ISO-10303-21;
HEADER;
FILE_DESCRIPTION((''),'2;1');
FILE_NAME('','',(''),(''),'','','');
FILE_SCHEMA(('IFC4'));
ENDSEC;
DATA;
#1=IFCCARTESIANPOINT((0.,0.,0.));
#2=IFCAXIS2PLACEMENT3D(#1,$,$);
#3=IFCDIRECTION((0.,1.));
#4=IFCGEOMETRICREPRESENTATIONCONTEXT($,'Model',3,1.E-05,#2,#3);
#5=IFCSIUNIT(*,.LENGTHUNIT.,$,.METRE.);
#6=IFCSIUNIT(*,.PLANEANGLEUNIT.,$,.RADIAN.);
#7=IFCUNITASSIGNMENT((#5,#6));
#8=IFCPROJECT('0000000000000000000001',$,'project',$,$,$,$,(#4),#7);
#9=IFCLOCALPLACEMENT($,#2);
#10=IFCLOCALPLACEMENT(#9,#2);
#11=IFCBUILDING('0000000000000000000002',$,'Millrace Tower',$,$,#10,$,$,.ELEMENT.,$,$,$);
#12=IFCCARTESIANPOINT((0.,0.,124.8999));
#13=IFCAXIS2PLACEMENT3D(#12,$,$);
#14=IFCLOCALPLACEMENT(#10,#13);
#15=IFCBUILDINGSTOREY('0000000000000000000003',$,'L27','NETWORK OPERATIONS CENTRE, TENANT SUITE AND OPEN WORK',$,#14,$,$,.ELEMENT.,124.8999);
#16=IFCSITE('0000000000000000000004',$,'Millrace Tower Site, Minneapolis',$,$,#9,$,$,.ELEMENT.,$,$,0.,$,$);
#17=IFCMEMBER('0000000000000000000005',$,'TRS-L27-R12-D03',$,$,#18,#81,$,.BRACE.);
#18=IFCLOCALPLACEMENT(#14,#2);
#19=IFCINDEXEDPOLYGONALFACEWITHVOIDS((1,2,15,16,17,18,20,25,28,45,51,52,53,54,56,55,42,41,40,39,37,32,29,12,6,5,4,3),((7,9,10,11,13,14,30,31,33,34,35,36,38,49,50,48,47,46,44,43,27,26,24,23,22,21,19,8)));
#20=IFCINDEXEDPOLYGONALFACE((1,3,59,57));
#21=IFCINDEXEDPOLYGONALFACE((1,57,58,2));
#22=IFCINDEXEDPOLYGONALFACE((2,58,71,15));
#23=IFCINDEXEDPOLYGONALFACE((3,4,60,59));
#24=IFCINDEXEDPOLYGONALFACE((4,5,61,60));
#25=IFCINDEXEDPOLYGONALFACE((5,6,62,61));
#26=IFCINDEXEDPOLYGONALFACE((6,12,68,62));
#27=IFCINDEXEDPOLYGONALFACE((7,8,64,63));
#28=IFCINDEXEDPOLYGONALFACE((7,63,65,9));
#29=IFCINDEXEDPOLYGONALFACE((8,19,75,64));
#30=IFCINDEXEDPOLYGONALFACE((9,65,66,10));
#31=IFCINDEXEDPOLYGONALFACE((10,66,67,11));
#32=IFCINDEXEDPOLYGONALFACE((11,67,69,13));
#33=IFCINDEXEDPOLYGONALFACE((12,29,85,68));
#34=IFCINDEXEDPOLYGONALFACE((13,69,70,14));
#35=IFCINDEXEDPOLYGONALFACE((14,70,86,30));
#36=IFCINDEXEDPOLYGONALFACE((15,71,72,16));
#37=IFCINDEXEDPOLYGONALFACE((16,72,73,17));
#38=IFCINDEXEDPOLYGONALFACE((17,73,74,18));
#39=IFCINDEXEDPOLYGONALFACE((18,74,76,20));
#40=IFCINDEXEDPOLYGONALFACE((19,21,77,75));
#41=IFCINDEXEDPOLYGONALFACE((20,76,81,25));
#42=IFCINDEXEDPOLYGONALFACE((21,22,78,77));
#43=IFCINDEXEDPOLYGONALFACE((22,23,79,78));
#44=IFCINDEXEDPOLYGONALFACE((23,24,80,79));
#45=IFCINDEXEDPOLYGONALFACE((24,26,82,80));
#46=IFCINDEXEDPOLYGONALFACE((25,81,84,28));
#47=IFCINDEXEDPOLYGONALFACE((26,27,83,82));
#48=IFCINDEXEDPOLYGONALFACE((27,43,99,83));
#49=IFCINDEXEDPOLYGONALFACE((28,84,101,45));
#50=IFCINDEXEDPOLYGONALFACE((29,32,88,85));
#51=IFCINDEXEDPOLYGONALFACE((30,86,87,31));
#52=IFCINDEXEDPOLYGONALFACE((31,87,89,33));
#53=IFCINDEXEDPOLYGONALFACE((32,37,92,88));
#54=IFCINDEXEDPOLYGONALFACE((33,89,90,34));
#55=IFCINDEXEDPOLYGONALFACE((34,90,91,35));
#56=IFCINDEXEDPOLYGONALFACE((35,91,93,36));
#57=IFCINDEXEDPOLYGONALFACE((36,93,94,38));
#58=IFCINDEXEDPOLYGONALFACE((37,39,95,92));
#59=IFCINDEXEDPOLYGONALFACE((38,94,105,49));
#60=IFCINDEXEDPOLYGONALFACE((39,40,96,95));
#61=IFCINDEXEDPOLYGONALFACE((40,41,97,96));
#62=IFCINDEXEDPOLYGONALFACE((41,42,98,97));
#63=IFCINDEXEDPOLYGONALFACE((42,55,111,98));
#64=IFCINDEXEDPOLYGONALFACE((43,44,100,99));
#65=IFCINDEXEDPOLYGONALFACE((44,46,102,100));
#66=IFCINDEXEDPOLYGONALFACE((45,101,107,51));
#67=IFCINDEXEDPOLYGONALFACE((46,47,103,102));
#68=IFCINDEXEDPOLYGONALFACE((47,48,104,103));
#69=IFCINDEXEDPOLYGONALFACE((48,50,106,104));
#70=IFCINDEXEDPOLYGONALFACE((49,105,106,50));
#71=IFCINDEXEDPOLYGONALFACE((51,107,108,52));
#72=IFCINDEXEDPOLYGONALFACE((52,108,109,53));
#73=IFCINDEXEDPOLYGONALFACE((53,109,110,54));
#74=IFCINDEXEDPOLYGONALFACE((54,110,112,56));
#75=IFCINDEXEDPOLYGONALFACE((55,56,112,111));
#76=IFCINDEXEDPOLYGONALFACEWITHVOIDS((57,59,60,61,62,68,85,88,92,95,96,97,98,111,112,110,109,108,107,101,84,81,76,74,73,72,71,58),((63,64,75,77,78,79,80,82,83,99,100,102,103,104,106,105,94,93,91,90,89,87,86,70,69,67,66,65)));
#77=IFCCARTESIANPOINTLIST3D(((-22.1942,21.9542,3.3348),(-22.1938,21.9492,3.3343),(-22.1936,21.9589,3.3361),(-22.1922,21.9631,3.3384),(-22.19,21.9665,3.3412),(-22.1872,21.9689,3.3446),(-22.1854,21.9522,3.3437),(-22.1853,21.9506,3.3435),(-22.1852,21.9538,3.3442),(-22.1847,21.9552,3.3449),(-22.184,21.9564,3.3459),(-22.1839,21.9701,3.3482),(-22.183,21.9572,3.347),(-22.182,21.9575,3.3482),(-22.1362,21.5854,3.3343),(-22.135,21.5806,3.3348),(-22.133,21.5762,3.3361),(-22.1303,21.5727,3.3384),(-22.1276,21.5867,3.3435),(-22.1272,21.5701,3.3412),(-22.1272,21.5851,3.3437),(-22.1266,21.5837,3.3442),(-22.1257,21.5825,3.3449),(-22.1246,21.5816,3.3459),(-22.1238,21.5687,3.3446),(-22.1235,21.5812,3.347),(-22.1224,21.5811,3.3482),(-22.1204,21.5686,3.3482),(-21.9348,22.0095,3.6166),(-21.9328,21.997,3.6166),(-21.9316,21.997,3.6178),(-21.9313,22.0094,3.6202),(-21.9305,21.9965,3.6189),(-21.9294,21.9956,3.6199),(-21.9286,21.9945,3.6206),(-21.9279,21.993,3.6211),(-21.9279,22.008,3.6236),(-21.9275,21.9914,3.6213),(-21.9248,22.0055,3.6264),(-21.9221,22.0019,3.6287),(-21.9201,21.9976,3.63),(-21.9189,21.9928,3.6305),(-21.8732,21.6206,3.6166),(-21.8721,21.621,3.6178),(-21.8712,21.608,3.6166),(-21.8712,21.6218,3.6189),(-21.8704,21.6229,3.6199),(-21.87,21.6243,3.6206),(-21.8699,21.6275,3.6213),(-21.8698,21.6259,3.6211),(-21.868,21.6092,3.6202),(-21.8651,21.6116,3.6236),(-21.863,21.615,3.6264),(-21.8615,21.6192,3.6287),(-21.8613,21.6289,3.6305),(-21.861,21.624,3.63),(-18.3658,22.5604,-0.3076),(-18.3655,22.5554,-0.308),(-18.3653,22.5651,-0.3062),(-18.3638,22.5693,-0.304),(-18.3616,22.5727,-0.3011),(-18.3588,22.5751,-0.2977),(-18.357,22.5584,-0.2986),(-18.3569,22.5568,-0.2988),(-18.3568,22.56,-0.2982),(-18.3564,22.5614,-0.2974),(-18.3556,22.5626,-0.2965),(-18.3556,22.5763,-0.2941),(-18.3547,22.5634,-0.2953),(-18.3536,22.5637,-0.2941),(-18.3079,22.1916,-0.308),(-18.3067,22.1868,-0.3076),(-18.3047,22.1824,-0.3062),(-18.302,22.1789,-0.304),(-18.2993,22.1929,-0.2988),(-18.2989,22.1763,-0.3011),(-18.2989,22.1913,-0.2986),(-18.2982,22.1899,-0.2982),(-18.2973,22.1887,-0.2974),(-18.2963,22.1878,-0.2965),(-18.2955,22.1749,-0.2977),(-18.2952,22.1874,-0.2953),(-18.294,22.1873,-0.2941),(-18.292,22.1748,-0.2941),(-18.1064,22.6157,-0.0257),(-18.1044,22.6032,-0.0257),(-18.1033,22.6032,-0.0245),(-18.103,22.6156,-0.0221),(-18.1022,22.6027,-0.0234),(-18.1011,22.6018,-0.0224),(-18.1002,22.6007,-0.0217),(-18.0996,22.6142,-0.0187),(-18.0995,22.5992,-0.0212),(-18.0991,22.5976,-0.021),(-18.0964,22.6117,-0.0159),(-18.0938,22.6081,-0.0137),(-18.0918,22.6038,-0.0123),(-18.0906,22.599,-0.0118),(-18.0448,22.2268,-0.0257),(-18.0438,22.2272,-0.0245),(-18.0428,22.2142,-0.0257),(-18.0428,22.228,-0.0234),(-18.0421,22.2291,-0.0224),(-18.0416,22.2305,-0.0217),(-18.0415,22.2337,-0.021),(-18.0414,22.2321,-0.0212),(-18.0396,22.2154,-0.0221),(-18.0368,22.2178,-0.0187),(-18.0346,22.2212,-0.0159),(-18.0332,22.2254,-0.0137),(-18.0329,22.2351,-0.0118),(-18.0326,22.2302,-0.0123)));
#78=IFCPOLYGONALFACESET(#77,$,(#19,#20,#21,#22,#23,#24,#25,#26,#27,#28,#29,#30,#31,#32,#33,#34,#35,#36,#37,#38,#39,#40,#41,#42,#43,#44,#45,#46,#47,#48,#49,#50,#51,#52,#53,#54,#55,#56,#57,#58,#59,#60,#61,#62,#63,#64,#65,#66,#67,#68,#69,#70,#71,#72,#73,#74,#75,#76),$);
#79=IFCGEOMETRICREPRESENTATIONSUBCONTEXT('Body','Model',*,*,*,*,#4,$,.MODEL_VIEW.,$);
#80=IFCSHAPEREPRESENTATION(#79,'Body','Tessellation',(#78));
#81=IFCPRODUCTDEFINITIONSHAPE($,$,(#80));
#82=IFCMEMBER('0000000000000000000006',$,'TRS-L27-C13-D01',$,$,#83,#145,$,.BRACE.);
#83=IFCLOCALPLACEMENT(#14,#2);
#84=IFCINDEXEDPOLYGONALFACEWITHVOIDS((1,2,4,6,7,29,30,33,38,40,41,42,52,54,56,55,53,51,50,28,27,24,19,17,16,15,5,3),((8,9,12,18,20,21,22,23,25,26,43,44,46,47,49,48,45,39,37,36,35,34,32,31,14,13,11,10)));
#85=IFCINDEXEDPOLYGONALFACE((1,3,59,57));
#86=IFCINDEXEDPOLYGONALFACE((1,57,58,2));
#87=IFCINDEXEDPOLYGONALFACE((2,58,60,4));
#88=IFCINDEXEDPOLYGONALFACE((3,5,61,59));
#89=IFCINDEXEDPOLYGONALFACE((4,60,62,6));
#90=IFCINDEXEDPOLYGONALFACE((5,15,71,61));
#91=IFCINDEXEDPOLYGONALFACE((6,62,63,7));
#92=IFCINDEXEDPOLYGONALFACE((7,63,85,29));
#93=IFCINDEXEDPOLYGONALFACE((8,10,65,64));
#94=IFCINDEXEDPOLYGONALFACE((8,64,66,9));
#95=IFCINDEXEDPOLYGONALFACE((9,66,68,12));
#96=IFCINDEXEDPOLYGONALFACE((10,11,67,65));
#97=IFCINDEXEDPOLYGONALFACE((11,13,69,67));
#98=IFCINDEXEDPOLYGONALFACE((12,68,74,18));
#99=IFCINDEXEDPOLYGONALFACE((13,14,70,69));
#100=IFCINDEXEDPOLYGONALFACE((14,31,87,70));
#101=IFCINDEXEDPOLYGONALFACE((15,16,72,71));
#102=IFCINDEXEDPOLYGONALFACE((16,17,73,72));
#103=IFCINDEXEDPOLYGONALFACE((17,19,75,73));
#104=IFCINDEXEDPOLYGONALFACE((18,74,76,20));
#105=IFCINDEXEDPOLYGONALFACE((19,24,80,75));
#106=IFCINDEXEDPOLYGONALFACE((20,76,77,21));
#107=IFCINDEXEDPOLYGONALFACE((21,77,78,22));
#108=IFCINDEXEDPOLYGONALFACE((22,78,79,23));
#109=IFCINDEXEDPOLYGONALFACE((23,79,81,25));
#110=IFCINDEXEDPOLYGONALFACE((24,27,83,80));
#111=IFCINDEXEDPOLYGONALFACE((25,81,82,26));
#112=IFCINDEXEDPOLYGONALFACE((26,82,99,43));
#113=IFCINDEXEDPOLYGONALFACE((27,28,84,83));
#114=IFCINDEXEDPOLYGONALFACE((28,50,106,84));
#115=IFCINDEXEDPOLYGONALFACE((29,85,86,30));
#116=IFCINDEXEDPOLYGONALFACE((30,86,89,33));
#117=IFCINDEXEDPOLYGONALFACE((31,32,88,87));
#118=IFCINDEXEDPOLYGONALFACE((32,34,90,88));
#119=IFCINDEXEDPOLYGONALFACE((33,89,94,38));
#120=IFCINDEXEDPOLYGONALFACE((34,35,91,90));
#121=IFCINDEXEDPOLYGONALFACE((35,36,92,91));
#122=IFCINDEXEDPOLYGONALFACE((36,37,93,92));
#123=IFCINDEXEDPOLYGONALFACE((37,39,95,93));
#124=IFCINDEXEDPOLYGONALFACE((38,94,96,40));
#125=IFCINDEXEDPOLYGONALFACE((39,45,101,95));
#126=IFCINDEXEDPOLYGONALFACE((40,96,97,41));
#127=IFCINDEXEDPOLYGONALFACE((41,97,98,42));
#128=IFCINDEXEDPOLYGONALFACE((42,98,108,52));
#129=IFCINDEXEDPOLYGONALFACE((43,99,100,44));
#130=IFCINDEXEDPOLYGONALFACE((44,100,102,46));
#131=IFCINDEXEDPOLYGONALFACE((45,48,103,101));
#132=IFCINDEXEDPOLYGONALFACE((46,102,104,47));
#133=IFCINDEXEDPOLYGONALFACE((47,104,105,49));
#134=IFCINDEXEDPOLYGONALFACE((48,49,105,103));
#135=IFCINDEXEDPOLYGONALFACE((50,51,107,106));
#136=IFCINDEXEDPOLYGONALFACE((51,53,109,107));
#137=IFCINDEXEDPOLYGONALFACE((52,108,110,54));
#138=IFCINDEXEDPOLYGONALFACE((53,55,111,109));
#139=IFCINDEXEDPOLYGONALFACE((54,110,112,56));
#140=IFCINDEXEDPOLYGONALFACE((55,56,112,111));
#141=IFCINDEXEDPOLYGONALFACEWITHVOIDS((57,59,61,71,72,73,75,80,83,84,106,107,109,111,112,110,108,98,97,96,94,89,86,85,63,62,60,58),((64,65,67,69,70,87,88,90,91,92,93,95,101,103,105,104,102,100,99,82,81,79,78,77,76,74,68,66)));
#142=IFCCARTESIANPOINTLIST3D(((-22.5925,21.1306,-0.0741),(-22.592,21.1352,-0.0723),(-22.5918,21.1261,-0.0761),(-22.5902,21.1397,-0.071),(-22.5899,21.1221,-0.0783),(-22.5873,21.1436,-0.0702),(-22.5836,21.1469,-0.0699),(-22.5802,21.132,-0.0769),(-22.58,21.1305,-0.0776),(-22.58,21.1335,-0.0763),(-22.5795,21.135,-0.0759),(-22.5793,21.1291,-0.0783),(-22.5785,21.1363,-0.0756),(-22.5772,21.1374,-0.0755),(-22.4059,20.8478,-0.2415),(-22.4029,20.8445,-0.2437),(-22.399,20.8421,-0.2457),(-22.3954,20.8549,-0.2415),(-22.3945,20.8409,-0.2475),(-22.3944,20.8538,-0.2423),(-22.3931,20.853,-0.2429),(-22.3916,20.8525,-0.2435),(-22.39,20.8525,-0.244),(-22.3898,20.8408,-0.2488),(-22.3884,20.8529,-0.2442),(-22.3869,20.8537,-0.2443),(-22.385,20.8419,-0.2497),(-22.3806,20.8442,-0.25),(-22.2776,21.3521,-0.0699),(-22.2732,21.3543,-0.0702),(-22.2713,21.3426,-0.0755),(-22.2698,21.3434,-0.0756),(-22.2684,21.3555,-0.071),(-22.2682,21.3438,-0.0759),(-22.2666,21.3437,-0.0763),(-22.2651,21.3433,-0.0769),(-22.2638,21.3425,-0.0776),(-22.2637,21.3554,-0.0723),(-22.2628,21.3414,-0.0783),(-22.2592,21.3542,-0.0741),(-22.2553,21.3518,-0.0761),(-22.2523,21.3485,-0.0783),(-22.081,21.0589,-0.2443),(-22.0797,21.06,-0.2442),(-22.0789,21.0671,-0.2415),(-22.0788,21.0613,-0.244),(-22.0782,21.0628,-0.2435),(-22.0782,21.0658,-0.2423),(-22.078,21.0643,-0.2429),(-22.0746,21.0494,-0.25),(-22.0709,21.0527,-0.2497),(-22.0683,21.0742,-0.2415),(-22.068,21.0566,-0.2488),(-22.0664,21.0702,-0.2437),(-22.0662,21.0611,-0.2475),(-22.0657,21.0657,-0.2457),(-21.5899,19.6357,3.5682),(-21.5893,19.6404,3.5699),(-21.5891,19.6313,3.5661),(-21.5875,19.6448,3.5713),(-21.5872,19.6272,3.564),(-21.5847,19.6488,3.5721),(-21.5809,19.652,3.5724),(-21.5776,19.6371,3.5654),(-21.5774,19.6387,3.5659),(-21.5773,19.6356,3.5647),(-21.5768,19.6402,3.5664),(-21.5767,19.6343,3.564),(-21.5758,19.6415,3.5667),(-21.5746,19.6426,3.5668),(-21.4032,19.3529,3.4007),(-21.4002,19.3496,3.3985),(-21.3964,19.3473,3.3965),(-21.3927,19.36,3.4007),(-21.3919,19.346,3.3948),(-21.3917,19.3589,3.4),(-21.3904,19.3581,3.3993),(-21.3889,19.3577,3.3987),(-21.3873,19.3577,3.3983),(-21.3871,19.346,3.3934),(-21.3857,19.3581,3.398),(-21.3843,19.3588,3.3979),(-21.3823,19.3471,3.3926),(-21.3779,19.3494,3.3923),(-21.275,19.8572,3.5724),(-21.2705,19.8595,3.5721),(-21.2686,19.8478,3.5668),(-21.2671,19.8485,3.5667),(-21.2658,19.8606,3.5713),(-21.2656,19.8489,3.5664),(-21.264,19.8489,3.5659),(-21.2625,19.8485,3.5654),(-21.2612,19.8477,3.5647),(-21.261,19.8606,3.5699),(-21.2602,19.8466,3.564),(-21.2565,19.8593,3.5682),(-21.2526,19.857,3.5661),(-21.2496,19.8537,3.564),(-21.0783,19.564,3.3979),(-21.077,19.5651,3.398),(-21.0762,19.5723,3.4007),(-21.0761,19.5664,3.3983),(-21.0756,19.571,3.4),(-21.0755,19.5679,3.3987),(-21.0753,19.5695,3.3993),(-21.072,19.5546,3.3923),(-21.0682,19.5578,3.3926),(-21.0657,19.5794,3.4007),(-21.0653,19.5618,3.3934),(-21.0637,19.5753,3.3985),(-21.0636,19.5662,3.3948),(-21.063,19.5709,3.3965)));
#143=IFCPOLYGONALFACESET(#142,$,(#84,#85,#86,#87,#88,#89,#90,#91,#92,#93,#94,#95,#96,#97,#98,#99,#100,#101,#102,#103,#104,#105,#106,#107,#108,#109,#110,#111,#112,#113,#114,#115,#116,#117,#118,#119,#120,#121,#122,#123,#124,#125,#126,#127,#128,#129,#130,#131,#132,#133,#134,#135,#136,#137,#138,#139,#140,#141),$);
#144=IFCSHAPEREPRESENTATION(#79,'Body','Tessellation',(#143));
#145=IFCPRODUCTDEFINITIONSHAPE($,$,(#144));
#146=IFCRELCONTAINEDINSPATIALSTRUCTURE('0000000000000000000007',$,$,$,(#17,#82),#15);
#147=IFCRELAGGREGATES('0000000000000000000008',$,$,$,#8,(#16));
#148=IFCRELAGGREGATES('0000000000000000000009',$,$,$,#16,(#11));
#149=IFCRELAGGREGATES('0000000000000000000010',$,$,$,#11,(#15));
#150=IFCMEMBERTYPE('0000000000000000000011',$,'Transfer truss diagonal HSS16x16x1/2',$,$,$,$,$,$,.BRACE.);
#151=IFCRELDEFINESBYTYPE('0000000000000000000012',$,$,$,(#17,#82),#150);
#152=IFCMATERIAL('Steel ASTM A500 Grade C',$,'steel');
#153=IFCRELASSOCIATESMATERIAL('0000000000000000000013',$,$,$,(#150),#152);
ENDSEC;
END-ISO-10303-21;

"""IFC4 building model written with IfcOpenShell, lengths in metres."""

from ifc_helpers import new_model, si_unit, direction, frame, origin, origin_2d, place, context, subcontext, project, spatial, hollow_rectangle, extrude, material, material_profile, profile_set, type_object, element, save


model = new_model("IFC4")

# Units and contexts
model_context = context("Model", 3, precision=1e-05, world=origin(), true_north=direction((0.0, 1.0)))
body_context = subcontext(model_context, "Body", "Model", "MODEL_VIEW")
ifc_project = project(units=[si_unit("LENGTHUNIT", "METRE"), si_unit("PLANEANGLEUNIT", "RADIAN")], contexts=[model_context])

# Site, building, storey
site_placement = place(None, origin())
site = spatial("IfcSite", under=ifc_project, at=site_placement, Name="Millrace Tower Site, Minneapolis", CompositionType="ELEMENT", RefElevation=0.0)
building_placement = place(site_placement, origin())
building = spatial("IfcBuilding", under=site, at=building_placement, Name="Millrace Tower", CompositionType="ELEMENT")
storey_placement = place(building_placement, frame((0.0, 0.0, 124.8999)))
storey = spatial("IfcBuildingStorey", under=building, at=storey_placement, Name="L27", Description="NETWORK OPERATIONS CENTRE, TENANT SUITE AND OPEN WORK", CompositionType="ELEMENT", Elevation=124.8999)

# Members
ifc_material_1 = material(Name="Steel ASTM A500 Grade C", Category="steel")
ifc_material_profile_1 = material_profile(ifc_material_1, hollow_rectangle(XDim=0.4065, YDim=0.4065, WallThickness=0.0127, InnerFilletRadius=0.0063, OuterFilletRadius=0.019, at=origin_2d()))
ifc_profile_set_1 = profile_set([ifc_material_profile_1], Name="Steel ASTM A500 Grade C")
member_type_1 = type_object("IfcMemberType", Name="Transfer truss diagonal HSS16x16x1/2", PredefinedType="BRACE", material=ifc_profile_set_1)
member_1_placement = place(storey_placement, frame((-18.1992, 22.3953, -0.1599), z_axis=(-0.71977, -0.113972, 0.684793), x_axis=(0.156396, -0.987694, 0.0)))
element("IfcMember", 1, at=member_1_placement, inside=storey, type_object=member_type_1, Name="TRS-L27-R12-D03", PredefinedType="BRACE", context=body_context, shape_type="SweptSolid", body=[
    extrude(hollow_rectangle(XDim=0.4065, YDim=0.4065, WallThickness=0.0127, InnerFilletRadius=0.0063, OuterFilletRadius=0.019, at=origin_2d()), origin(), (0.0, 0.0, 1.0), 5.3188),
])
member_2_placement = place(storey_placement, frame((-22.3291, 21.0981, -0.1599), z_axis=(0.246795, -0.367938, 0.896501), x_axis=(0.830482, 0.557045, 0.0)))
element("IfcMember", 2, at=member_2_placement, inside=storey, type_object=member_type_1, Name="TRS-L27-C13-D01", PredefinedType="BRACE", context=body_context, shape_type="SweptSolid", body=[
    extrude(hollow_rectangle(XDim=0.4065, YDim=0.4065, WallThickness=0.0127, InnerFilletRadius=0.0063, OuterFilletRadius=0.019, at=origin_2d()), origin(), (0.0, 0.0, 1.0), 4.0627),
])

save(model, "model.ifc")
